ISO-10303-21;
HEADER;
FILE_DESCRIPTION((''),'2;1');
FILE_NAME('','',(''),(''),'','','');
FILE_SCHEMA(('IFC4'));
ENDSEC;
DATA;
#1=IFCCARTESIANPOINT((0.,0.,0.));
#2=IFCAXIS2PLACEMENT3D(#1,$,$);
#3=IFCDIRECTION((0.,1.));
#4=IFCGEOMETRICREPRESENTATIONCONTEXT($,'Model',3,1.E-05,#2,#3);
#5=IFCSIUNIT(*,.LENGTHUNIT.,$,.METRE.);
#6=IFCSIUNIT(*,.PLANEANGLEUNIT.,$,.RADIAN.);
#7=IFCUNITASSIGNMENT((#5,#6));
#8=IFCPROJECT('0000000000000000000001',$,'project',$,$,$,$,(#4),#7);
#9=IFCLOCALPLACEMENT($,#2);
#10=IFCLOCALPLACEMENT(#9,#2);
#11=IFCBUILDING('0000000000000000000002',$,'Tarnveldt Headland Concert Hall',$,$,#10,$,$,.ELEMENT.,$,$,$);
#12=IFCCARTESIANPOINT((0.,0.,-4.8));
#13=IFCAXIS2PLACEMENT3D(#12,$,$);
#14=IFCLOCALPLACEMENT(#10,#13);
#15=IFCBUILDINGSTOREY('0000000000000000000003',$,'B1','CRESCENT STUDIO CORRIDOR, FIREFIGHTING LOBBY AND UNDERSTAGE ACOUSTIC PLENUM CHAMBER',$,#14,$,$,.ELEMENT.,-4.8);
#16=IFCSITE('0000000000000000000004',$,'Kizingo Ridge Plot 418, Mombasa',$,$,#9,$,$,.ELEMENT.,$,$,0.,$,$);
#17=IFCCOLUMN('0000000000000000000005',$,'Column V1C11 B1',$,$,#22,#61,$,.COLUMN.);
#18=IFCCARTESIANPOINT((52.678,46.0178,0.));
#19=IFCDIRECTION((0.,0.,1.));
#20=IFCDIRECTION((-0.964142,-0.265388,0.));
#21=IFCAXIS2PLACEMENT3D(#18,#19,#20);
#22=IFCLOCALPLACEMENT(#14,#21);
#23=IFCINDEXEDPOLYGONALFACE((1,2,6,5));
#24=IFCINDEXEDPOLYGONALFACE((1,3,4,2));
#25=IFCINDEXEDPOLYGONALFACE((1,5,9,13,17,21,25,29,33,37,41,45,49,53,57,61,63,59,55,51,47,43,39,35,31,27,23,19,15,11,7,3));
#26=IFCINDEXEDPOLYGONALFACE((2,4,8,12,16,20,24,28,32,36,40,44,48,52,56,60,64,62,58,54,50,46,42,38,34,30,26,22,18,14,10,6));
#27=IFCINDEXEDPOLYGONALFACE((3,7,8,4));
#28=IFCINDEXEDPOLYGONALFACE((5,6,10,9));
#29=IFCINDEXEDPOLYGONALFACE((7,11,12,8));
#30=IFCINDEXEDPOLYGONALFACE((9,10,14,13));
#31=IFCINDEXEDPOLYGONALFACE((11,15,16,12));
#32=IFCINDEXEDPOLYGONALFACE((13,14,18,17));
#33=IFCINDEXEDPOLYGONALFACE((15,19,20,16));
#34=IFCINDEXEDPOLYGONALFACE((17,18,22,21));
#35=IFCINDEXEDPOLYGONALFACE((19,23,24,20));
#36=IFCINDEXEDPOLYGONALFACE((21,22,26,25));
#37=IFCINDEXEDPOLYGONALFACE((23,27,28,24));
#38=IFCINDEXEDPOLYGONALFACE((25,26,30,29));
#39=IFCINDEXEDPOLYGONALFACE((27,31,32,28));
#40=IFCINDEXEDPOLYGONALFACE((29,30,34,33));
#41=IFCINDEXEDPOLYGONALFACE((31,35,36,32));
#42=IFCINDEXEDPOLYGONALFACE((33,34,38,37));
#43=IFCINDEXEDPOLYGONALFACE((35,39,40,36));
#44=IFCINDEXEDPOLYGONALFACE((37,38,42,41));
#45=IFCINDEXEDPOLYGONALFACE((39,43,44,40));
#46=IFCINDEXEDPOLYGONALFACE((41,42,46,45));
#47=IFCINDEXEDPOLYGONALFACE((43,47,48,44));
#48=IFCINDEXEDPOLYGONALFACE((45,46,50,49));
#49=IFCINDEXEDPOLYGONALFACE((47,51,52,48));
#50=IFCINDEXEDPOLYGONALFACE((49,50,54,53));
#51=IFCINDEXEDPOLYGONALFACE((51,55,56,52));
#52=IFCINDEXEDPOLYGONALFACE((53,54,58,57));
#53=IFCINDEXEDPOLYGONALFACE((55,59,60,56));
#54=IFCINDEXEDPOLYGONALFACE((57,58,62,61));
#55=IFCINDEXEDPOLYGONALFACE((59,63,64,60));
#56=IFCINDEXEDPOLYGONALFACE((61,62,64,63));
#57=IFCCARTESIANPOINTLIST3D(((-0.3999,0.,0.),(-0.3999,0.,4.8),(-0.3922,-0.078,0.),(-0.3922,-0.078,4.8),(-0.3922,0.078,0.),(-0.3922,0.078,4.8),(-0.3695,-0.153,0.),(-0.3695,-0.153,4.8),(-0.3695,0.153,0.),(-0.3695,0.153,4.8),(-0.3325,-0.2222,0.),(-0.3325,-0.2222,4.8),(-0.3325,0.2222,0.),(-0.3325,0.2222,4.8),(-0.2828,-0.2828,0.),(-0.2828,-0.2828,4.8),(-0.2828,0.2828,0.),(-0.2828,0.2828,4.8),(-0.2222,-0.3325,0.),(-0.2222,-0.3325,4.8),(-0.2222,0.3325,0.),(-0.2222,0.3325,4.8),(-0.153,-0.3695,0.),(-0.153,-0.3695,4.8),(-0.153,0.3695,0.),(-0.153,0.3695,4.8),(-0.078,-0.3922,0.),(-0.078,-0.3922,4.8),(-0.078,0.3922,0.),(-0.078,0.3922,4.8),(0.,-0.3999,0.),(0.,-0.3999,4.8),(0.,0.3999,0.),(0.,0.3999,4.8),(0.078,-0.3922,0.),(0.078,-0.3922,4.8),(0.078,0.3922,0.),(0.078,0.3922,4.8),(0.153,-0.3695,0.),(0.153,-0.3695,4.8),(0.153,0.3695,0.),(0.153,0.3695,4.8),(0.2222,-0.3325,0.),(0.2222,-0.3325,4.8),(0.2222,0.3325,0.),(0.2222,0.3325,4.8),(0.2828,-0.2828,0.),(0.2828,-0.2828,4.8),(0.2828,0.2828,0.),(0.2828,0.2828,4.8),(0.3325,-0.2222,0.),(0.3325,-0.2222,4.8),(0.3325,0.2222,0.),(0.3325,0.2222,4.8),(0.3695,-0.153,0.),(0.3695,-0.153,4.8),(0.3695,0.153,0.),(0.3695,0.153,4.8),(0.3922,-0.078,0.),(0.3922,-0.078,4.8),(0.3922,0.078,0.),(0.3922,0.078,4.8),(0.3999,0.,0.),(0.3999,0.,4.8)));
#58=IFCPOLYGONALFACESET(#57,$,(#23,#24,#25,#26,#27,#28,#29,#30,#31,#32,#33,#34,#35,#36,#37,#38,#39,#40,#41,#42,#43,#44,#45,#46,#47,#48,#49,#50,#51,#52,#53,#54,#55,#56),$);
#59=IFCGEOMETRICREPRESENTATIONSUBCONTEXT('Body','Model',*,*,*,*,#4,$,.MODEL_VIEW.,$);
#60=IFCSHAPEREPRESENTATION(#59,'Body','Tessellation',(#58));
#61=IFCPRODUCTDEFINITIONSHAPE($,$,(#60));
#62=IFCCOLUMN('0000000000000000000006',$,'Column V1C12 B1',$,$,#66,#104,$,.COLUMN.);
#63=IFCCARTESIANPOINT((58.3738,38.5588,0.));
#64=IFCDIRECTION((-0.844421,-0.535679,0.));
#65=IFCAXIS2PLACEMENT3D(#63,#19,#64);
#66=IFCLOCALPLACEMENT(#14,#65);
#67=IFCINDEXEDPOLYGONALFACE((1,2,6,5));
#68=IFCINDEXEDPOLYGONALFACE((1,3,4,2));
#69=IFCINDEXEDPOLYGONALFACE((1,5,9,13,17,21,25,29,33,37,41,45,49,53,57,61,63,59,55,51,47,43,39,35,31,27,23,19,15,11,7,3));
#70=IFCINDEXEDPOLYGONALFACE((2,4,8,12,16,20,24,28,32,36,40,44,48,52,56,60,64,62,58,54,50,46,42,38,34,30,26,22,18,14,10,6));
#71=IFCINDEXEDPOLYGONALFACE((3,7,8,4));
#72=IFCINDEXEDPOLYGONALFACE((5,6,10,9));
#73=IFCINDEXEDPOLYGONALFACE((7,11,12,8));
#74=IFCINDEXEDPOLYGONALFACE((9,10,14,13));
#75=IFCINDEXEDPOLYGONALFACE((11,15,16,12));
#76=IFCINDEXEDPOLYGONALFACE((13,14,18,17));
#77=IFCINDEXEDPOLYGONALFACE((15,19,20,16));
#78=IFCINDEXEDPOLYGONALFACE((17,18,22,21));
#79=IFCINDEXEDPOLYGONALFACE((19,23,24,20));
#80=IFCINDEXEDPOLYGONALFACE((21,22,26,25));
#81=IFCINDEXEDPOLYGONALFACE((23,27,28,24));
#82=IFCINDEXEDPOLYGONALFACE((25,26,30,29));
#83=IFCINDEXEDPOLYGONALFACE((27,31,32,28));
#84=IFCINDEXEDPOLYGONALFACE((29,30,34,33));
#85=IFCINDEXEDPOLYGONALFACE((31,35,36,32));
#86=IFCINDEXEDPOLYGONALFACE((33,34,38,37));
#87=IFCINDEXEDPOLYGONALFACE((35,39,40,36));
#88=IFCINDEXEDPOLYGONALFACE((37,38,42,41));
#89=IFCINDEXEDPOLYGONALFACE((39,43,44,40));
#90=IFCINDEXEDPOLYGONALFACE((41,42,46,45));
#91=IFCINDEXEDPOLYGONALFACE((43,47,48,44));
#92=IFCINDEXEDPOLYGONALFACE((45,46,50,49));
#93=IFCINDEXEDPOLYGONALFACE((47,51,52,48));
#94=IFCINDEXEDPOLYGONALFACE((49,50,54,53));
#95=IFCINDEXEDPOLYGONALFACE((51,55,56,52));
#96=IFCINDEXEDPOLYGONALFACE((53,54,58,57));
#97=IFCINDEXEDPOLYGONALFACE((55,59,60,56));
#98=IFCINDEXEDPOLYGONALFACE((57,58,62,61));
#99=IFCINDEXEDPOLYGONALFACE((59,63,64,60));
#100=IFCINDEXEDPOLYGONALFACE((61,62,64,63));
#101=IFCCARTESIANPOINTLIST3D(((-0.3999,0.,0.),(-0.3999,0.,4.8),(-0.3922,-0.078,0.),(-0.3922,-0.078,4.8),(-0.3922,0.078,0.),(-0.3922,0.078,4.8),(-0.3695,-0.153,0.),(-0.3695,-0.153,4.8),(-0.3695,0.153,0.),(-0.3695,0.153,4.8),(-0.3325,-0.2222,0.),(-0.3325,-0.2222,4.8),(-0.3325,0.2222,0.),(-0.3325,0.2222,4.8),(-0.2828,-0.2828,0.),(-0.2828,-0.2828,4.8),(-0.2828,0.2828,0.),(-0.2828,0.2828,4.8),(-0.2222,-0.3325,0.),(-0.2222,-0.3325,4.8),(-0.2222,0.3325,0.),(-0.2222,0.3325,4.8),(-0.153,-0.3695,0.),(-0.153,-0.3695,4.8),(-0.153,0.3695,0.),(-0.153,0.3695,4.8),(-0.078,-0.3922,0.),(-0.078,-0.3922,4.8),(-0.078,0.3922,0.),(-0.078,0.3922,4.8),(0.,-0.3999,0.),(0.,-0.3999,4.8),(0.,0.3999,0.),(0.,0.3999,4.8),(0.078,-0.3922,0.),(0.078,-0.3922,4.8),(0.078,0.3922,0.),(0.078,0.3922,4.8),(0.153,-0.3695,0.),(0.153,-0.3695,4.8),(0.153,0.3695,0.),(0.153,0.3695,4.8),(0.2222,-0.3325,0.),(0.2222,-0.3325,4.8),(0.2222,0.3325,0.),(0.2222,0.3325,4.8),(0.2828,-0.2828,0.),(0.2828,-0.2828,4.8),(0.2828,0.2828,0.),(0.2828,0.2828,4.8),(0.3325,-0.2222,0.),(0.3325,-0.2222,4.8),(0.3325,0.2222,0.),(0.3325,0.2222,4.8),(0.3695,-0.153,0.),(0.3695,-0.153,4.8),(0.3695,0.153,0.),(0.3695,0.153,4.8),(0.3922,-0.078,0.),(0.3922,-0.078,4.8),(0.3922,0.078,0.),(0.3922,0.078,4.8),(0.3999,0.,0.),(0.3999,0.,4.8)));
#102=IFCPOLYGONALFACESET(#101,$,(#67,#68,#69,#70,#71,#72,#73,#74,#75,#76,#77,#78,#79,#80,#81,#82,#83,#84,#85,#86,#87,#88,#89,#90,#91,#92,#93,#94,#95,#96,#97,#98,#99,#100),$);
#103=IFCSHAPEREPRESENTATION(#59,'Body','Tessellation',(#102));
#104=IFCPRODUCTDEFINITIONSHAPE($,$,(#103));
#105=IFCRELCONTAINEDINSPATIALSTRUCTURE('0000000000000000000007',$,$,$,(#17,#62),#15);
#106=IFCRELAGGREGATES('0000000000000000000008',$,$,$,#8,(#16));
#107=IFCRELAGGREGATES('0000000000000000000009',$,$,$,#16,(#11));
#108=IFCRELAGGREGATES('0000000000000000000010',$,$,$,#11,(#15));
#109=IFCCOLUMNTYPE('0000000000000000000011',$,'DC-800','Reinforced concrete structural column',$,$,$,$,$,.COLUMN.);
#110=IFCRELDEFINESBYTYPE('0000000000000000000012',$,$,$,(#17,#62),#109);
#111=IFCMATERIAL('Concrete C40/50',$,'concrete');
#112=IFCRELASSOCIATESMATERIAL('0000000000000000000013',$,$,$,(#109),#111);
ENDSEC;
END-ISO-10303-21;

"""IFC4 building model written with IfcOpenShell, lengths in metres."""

from ifc_helpers import new_model, si_unit, direction, frame, origin, origin_2d, place, context, subcontext, project, spatial, circle, extrude, material, material_profile, profile_set, type_object, element, save


model = new_model("IFC4")

# Units and contexts
model_context = context("Model", 3, precision=1e-05, world=origin(), true_north=direction((0.0, 1.0)))
body_context = subcontext(model_context, "Body", "Model", "MODEL_VIEW")
ifc_project = project(units=[si_unit("LENGTHUNIT", "METRE"), si_unit("PLANEANGLEUNIT", "RADIAN")], contexts=[model_context])

# Site, building, storey
site_placement = place(None, origin())
site = spatial("IfcSite", under=ifc_project, at=site_placement, Name="Kizingo Ridge Plot 418, Mombasa", CompositionType="ELEMENT", RefElevation=0.0)
building_placement = place(site_placement, origin())
building = spatial("IfcBuilding", under=site, at=building_placement, Name="Tarnveldt Headland Concert Hall", CompositionType="ELEMENT")
storey_placement = place(building_placement, frame((0.0, 0.0, -4.8)))
storey = spatial("IfcBuildingStorey", under=building, at=storey_placement, Name="B1", Description="CRESCENT STUDIO CORRIDOR, FIREFIGHTING LOBBY AND UNDERSTAGE ACOUSTIC PLENUM CHAMBER", CompositionType="ELEMENT", Elevation=-4.8)

# Shared definitions
ifc_material_1 = material(Name="Concrete C40/50", Category="concrete")

# Columns
ifc_material_profile_1 = material_profile(ifc_material_1, circle(Radius=0.3999, at=origin_2d()), Name="RC D800", Category="concrete")
ifc_profile_set_1 = profile_set([ifc_material_profile_1], Name="Concrete C40/50")
column_type_1 = type_object("IfcColumnType", Name="DC-800", Description="Reinforced concrete structural column", PredefinedType="COLUMN", material=ifc_profile_set_1)
for number, where, z_axis, x_axis, name in (
    (1, (52.678, 46.0178, 0.0), (0.0, 0.0, 1.0), (-0.964142, -0.265388, 0.0), "Column V1C11 B1"),
    (2, (58.3738, 38.5588, 0.0), (0.0, 0.0, 1.0), (-0.844421, -0.535679, 0.0), "Column V1C12 B1"),
):
    element("IfcColumn", number, at=place(storey_placement, frame(where, z_axis=z_axis, x_axis=x_axis)), inside=storey, type_object=column_type_1, Name=name, PredefinedType="COLUMN", context=body_context, shape_type="SweptSolid", body=[
        extrude(circle(Radius=0.3999, at=origin_2d()), origin(), (0.0, 0.0, 1.0), 4.8),
    ])

save(model, "model.ifc")
